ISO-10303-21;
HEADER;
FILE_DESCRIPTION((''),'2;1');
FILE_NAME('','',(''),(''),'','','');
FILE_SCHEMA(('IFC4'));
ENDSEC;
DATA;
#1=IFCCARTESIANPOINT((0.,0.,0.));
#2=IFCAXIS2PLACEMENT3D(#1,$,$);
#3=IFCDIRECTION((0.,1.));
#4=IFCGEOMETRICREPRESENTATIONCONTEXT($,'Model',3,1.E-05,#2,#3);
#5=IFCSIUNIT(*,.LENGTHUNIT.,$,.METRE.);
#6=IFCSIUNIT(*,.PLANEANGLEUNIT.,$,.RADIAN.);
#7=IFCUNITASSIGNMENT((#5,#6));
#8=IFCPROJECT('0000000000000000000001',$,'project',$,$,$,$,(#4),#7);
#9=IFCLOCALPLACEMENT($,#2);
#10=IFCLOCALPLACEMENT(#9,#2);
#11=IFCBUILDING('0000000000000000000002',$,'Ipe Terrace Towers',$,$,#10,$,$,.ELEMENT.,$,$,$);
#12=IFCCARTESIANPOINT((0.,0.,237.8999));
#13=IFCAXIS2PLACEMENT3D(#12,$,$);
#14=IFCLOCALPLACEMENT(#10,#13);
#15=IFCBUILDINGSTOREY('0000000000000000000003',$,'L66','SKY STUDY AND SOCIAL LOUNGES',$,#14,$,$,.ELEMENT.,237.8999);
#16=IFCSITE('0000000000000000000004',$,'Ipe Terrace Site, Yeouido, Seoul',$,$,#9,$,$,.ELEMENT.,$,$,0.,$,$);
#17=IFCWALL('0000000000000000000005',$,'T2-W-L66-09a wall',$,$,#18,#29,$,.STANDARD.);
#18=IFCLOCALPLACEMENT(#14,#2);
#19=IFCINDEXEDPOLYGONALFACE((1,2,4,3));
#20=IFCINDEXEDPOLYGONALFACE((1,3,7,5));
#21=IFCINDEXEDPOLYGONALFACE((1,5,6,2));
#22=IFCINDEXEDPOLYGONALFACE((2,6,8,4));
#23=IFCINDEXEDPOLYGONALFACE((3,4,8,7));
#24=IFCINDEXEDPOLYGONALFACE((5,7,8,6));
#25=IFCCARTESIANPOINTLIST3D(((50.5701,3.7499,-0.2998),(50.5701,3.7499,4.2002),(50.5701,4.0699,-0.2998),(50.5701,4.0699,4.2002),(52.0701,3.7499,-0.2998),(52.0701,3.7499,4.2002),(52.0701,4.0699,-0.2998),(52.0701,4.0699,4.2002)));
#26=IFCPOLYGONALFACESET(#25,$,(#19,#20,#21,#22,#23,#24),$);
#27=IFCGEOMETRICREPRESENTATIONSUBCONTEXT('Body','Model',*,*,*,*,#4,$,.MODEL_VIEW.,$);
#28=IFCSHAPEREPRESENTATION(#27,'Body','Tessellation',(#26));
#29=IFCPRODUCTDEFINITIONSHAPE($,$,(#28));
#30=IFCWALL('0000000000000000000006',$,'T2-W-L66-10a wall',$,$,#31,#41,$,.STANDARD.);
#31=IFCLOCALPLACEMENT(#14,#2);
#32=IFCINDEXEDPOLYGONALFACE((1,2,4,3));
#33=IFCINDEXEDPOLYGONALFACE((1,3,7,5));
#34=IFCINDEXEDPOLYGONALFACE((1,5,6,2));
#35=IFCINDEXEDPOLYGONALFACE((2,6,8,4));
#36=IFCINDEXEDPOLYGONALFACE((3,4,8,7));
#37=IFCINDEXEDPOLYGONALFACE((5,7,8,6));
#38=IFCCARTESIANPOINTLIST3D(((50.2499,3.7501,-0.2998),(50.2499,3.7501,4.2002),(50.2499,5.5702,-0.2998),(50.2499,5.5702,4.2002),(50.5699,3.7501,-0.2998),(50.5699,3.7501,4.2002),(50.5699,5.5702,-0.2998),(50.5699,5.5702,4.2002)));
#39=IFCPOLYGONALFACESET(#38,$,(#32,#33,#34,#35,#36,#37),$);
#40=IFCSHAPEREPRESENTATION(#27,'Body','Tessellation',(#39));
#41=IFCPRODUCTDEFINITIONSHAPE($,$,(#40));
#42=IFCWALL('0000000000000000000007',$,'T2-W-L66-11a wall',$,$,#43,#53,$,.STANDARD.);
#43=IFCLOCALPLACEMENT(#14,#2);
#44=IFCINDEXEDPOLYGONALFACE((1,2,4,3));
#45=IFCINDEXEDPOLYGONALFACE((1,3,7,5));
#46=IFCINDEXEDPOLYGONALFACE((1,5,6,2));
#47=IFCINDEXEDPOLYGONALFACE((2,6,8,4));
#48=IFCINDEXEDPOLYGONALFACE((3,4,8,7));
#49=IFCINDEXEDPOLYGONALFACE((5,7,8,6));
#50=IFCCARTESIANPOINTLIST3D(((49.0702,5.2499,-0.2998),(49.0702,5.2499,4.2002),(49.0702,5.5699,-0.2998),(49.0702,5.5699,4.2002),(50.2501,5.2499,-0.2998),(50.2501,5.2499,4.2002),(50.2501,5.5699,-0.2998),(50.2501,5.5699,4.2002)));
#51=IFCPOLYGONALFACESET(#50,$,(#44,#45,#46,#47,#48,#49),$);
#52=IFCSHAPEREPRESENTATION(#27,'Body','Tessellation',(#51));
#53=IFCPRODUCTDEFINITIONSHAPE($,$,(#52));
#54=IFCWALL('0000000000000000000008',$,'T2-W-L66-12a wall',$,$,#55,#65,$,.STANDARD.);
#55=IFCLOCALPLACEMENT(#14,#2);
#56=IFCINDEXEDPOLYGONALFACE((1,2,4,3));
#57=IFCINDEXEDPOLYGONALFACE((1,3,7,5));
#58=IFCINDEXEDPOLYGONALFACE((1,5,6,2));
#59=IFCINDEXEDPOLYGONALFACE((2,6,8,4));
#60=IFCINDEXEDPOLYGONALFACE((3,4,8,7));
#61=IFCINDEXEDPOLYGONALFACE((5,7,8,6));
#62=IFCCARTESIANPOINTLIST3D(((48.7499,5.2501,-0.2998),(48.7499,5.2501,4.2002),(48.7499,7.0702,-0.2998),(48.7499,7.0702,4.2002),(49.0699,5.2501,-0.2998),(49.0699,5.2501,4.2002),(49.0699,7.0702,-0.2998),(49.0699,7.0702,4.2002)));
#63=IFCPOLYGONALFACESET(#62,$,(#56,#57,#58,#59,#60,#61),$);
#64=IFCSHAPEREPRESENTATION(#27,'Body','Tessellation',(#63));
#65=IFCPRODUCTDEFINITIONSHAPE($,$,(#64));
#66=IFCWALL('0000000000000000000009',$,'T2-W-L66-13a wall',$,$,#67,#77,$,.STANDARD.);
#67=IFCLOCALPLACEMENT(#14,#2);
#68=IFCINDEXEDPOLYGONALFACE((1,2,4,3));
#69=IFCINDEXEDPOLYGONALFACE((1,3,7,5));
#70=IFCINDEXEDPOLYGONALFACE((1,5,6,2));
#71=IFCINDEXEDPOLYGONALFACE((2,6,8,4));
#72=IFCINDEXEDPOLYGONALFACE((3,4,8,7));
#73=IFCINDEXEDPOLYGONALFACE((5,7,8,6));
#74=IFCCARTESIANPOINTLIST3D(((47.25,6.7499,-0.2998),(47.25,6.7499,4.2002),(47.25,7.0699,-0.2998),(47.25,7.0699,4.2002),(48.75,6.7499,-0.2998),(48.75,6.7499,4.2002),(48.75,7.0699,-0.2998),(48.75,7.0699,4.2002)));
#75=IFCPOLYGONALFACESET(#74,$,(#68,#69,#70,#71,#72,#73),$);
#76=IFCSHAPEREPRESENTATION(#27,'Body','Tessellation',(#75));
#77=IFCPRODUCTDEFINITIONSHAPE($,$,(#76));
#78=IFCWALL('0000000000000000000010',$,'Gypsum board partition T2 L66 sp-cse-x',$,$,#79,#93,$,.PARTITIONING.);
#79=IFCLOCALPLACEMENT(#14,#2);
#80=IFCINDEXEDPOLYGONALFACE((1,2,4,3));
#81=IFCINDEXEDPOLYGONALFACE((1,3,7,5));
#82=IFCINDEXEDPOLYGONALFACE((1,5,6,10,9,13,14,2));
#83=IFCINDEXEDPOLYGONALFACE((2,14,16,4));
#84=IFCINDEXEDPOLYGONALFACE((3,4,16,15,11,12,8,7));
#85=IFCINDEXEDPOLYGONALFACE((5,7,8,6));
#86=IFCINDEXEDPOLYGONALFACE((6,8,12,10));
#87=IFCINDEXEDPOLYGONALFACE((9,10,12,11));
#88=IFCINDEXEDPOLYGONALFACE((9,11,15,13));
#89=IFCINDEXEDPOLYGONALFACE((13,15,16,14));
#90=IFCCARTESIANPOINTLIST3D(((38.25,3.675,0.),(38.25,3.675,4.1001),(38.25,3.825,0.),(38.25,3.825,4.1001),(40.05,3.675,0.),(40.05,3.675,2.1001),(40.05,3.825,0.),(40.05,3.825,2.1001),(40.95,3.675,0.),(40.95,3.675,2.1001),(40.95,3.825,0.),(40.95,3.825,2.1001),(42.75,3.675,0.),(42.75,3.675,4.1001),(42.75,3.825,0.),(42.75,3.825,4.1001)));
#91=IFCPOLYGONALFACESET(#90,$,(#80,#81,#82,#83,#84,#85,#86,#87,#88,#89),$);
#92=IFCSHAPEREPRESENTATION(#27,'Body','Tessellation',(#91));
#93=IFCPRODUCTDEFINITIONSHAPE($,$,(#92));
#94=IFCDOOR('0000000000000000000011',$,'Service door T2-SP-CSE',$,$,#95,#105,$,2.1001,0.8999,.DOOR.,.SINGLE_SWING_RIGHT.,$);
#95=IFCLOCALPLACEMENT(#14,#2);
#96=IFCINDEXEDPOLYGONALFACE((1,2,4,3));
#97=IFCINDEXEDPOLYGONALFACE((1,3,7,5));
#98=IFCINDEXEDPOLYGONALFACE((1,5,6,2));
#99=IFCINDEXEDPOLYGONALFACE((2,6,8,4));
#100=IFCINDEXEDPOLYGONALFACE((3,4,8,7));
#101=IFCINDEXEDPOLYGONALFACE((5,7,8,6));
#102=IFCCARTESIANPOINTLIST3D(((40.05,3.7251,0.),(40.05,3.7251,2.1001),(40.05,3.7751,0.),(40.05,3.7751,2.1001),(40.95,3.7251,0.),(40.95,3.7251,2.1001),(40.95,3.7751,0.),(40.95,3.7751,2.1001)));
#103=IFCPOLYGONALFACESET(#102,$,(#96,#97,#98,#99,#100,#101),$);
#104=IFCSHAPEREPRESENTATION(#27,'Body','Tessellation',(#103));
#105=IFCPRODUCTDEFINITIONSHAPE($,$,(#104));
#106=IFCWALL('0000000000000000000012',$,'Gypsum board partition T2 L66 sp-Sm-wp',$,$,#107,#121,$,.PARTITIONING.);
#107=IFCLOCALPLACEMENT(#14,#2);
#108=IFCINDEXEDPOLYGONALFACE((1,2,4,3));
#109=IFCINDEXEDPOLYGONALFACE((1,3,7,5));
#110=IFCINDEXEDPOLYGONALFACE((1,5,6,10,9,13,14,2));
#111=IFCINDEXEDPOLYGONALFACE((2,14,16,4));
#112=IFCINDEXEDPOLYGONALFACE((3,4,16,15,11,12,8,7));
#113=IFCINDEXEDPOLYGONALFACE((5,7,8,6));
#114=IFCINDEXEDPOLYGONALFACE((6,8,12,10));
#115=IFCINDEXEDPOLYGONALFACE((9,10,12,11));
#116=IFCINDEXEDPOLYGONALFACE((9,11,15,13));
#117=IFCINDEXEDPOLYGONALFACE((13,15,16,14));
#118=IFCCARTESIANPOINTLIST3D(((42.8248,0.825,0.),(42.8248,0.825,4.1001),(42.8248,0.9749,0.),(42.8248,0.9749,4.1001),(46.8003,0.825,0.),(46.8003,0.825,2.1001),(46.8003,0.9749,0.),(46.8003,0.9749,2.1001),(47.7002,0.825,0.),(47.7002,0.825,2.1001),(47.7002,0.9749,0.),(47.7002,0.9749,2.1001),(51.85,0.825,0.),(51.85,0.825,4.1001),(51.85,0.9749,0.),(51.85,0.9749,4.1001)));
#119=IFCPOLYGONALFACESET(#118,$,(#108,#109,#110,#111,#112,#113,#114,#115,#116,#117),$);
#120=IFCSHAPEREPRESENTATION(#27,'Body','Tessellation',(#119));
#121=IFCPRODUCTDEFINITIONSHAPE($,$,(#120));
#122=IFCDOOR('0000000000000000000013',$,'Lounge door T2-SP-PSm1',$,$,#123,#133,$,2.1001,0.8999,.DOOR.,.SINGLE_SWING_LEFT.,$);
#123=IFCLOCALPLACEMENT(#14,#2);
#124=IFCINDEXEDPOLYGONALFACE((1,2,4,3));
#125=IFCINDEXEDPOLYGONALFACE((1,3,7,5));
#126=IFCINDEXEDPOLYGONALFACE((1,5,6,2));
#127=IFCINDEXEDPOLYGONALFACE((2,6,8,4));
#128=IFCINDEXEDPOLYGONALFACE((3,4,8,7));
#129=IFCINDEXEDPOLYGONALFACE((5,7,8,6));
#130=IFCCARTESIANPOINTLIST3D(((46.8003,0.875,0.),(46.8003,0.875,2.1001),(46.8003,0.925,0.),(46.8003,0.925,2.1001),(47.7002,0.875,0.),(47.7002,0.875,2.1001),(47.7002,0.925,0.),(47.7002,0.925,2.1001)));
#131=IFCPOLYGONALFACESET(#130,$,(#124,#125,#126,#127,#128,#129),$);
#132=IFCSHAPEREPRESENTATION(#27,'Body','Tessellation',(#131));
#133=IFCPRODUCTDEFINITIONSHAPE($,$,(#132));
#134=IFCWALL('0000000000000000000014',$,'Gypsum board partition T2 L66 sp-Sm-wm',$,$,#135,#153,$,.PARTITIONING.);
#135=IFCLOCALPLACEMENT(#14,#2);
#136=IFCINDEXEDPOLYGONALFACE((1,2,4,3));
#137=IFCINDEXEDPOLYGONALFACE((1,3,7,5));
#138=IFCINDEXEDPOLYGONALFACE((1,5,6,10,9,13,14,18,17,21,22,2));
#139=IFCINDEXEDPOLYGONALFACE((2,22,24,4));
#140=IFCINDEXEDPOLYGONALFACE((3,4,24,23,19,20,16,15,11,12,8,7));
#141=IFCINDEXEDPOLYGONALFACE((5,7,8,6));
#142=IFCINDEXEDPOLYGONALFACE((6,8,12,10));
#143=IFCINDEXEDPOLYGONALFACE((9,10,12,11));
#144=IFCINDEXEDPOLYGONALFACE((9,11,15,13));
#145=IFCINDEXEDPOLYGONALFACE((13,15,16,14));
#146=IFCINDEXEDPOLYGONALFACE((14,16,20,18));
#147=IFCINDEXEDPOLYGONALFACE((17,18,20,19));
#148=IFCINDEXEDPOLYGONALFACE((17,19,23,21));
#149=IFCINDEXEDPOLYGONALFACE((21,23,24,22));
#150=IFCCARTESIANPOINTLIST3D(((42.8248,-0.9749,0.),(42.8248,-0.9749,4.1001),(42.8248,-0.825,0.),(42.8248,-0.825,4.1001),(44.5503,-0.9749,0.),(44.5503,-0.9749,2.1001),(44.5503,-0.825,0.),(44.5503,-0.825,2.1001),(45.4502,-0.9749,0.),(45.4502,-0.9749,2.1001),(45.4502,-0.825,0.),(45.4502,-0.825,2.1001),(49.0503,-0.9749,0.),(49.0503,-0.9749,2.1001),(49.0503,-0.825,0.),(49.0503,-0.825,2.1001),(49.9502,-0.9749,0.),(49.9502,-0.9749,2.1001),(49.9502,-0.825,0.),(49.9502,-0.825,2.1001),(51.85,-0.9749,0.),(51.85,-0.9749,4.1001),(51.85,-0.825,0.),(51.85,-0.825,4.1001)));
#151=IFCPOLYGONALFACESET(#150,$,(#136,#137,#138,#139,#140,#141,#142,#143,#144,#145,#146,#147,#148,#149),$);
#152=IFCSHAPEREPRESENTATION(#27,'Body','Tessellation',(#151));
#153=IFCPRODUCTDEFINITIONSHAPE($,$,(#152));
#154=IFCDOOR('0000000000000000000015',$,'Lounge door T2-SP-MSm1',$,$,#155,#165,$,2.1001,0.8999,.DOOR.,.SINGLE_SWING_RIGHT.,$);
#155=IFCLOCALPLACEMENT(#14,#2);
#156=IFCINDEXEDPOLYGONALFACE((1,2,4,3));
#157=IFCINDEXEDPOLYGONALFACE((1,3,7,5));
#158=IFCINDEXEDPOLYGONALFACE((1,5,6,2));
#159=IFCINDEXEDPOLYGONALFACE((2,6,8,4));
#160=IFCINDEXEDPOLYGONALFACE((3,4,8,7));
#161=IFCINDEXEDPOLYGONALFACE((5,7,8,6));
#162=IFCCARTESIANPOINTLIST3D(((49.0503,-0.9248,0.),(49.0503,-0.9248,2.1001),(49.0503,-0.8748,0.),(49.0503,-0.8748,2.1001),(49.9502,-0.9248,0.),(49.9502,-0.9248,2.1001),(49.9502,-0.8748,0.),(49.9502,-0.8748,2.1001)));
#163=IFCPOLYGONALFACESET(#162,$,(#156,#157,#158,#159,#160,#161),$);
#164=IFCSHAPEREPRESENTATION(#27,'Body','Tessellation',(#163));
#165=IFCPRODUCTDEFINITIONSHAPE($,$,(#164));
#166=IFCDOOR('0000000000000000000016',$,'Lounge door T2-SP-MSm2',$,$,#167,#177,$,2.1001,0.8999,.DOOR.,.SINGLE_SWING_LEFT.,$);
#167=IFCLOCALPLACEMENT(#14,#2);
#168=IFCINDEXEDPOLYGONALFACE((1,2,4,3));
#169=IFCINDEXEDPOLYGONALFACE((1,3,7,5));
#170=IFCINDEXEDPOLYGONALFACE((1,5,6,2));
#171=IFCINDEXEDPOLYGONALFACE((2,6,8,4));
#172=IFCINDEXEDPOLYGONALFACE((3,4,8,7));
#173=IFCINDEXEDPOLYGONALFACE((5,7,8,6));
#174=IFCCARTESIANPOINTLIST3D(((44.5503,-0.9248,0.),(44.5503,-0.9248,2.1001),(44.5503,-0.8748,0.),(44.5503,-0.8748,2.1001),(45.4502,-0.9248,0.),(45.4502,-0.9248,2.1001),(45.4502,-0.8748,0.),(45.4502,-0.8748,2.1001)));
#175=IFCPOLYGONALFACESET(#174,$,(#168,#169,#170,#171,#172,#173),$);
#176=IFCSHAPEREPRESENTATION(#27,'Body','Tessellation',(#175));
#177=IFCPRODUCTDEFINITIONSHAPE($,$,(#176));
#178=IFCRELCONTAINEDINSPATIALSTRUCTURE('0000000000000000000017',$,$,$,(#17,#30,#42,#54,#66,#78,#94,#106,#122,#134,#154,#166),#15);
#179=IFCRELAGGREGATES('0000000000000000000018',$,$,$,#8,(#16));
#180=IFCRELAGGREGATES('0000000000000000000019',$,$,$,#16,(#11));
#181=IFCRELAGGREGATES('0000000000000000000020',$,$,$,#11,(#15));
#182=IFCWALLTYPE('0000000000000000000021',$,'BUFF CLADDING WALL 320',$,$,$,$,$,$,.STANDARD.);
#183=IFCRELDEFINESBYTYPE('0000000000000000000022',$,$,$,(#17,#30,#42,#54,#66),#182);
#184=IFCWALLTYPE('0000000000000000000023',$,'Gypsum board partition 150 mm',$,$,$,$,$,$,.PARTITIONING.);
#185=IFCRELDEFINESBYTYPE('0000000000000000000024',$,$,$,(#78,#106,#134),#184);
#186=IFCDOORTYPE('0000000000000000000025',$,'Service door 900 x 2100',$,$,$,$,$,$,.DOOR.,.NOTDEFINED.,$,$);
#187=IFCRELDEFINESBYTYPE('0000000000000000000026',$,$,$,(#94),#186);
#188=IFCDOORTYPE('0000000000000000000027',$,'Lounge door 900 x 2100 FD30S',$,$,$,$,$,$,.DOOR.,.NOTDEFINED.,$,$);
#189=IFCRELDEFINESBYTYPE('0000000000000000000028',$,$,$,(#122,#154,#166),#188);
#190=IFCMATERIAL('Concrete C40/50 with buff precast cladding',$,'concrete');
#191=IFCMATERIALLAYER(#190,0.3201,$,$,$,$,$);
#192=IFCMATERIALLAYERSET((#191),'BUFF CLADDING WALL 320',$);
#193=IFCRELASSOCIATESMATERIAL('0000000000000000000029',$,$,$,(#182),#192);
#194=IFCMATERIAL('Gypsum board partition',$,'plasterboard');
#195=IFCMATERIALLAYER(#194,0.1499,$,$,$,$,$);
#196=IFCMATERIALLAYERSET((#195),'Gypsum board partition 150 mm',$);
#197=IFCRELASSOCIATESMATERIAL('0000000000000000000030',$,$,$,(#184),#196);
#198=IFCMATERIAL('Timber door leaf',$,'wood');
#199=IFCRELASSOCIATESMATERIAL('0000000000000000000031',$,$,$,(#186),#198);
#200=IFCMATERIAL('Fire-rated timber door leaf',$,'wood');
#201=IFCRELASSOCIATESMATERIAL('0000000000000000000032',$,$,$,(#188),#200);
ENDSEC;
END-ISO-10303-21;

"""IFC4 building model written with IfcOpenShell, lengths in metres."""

from ifc_helpers import new_model, si_unit, direction, frame, frame_2d, origin, place, context, subcontext, project, spatial, rectangle, extrude, material, layer, layer_set, type_object, element, fill, save


model = new_model("IFC4")

# Units and contexts
model_context = context("Model", 3, precision=1e-05, world=origin(), true_north=direction((0.0, 1.0)))
body_context = subcontext(model_context, "Body", "Model", "MODEL_VIEW")
ifc_project = project(units=[si_unit("LENGTHUNIT", "METRE"), si_unit("PLANEANGLEUNIT", "RADIAN")], contexts=[model_context])

# Site, building, storey
site_placement = place(None, origin())
site = spatial("IfcSite", under=ifc_project, at=site_placement, Name="Ipe Terrace Site, Yeouido, Seoul", CompositionType="ELEMENT", RefElevation=0.0)
building_placement = place(site_placement, origin())
building = spatial("IfcBuilding", under=site, at=building_placement, Name="Ipe Terrace Towers", CompositionType="ELEMENT")
storey_placement = place(building_placement, frame((0.0, 0.0, 237.8999)))
storey = spatial("IfcBuildingStorey", under=building, at=storey_placement, Name="L66", Description="SKY STUDY AND SOCIAL LOUNGES", CompositionType="ELEMENT", Elevation=237.8999)

# Walls
ifc_material_1 = material(Name="Concrete C40/50 with buff precast cladding", Category="concrete")
ifc_layer_1 = layer(ifc_material_1, 0.3201)
ifc_layer_set_1 = layer_set([ifc_layer_1], Name="BUFF CLADDING WALL 320")
wall_type_1 = type_object("IfcWallType", Name="BUFF CLADDING WALL 320", PredefinedType="STANDARD", material=ifc_layer_set_1)
wall_1_placement = place(storey_placement, frame((52.0701, 3.9099, -0.2998), z_axis=(0.0, 0.0, 1.0), x_axis=(-1.0, 0.0, 0.0)))
element("IfcWall", 1, at=wall_1_placement, inside=storey, type_object=wall_type_1, Name="T2-W-L66-09a wall", PredefinedType="STANDARD", context=body_context, shape_type="SweptSolid", body=[
    extrude(rectangle(XDim=1.5, YDim=0.3201, at=frame_2d((0.75, 0.0))), origin(), (0.0, 0.0, 1.0), 4.5),
])
wall_2_placement = place(storey_placement, frame((50.4099, 3.75, -0.2998), z_axis=(0.0, 0.0, 1.0), x_axis=(0.0, 1.0, 0.0)))
element("IfcWall", 2, at=wall_2_placement, inside=storey, type_object=wall_type_1, Name="T2-W-L66-10a wall", PredefinedType="STANDARD", context=body_context, shape_type="SweptSolid", body=[
    extrude(rectangle(XDim=1.8201, YDim=0.3201, at=frame_2d((0.9102, 0.0))), origin(), (0.0, 0.0, 1.0), 4.5),
])
wall_3_placement = place(storey_placement, frame((50.25, 5.4099, -0.2998), z_axis=(0.0, 0.0, 1.0), x_axis=(-1.0, 0.0, 0.0)))
element("IfcWall", 3, at=wall_3_placement, inside=storey, type_object=wall_type_1, Name="T2-W-L66-11a wall", PredefinedType="STANDARD", context=body_context, shape_type="SweptSolid", body=[
    extrude(rectangle(XDim=1.1799, YDim=0.3201, at=frame_2d((0.5898, 0.0))), origin(), (0.0, 0.0, 1.0), 4.5),
])
wall_4_placement = place(storey_placement, frame((48.9099, 5.25, -0.2998), z_axis=(0.0, 0.0, 1.0), x_axis=(0.0, 1.0, 0.0)))
element("IfcWall", 4, at=wall_4_placement, inside=storey, type_object=wall_type_1, Name="T2-W-L66-12a wall", PredefinedType="STANDARD", context=body_context, shape_type="SweptSolid", body=[
    extrude(rectangle(XDim=1.8201, YDim=0.3201, at=frame_2d((0.9102, 0.0))), origin(), (0.0, 0.0, 1.0), 4.5),
])
wall_5_placement = place(storey_placement, frame((48.75, 6.9099, -0.2998), z_axis=(0.0, 0.0, 1.0), x_axis=(-1.0, 0.0, 0.0)))
element("IfcWall", 5, at=wall_5_placement, inside=storey, type_object=wall_type_1, Name="T2-W-L66-13a wall", PredefinedType="STANDARD", context=body_context, shape_type="SweptSolid", body=[
    extrude(rectangle(XDim=1.5, YDim=0.3201, at=frame_2d((0.75, 0.0))), origin(), (0.0, 0.0, 1.0), 4.5),
])

# Walls, openings, doors
ifc_material_2 = material(Name="Gypsum board partition", Category="plasterboard")
ifc_layer_2 = layer(ifc_material_2, 0.1499)
ifc_layer_set_2 = layer_set([ifc_layer_2], Name="Gypsum board partition 150 mm")
wall_type_2 = type_object("IfcWallType", Name="Gypsum board partition 150 mm", PredefinedType="PARTITIONING", material=ifc_layer_set_2)
wall_6_placement = place(storey_placement, frame((42.75, 3.75, 0.0), z_axis=(0.0, 0.0, 1.0), x_axis=(-1.0, 0.0, 0.0)))
wall_6 = element("IfcWall", 6, at=wall_6_placement, inside=storey, type_object=wall_type_2, Name="Gypsum board partition T2 L66 sp-cse-x", PredefinedType="PARTITIONING", context=body_context, shape_type="SweptSolid", body=[
    extrude(rectangle(XDim=4.5, YDim=0.1499, at=frame_2d((2.25, 0.0))), origin(), (0.0, 0.0, 1.0), 4.1001),
])
opening_1_placement = place(wall_6_placement, frame((1.8, 0.0, 0.0)))
opening_1 = element("IfcOpeningElement", 7, at=opening_1_placement, cuts=wall_6, PredefinedType="OPENING", context=body_context, shape_type="SweptSolid", body=[
    extrude(rectangle(XDim=0.8999, YDim=2.1001, at=frame_2d((0.45, 1.05))), frame((0.0, 0.085, 0.0), z_axis=(0.0, -1.0, 0.0), x_axis=(1.0, 0.0, 0.0)), (0.0, 0.0, 1.0), 0.1699),
])
ifc_material_3 = material(Name="Timber door leaf", Category="wood")
door_type_1 = type_object("IfcDoorType", Name="Service door 900 x 2100", OperationType="NOTDEFINED", PredefinedType="DOOR", material=ifc_material_3)
door_1_placement = place(opening_1_placement, origin())
door_1 = element("IfcDoor", 8, at=door_1_placement, inside=storey, type_object=door_type_1, Name="Service door T2-SP-CSE", OperationType="SINGLE_SWING_RIGHT", OverallHeight=2.1001, OverallWidth=0.8999, PredefinedType="DOOR", context=body_context, shape_type="SweptSolid", body=[
    extrude(rectangle(XDim=0.8999, YDim=2.1001, at=frame_2d((0.45, 1.05))), frame((0.0, 0.0249, 0.0), z_axis=(0.0, -1.0, 0.0), x_axis=(1.0, 0.0, 0.0)), (0.0, 0.0, 1.0), 0.05),
])
fill(opening_1, door_1)
wall_7_placement = place(storey_placement, frame((51.8501, 0.8999, 0.0), z_axis=(0.0, 0.0, 1.0), x_axis=(-1.0, 0.0, 0.0)))
wall_7 = element("IfcWall", 9, at=wall_7_placement, inside=storey, type_object=wall_type_2, Name="Gypsum board partition T2 L66 sp-Sm-wp", PredefinedType="PARTITIONING", context=body_context, shape_type="SweptSolid", body=[
    extrude(rectangle(XDim=9.0251, YDim=0.1499, at=frame_2d((4.5127, 0.0))), origin(), (0.0, 0.0, 1.0), 4.1001),
])
opening_2_placement = place(wall_7_placement, frame((4.1499, 0.0, 0.0)))
opening_2 = element("IfcOpeningElement", 10, at=opening_2_placement, cuts=wall_7, PredefinedType="OPENING", context=body_context, shape_type="SweptSolid", body=[
    extrude(rectangle(XDim=0.8999, YDim=2.1001, at=frame_2d((0.45, 1.05))), frame((0.0, 0.085, 0.0), z_axis=(0.0, -1.0, 0.0), x_axis=(1.0, 0.0, 0.0)), (0.0, 0.0, 1.0), 0.1699),
])
ifc_material_4 = material(Name="Fire-rated timber door leaf", Category="wood")
door_type_2 = type_object("IfcDoorType", Name="Lounge door 900 x 2100 FD30S", OperationType="NOTDEFINED", PredefinedType="DOOR", material=ifc_material_4)
door_2_placement = place(opening_2_placement, origin())
door_2 = element("IfcDoor", 11, at=door_2_placement, inside=storey, type_object=door_type_2, Name="Lounge door T2-SP-PSm1", OperationType="SINGLE_SWING_LEFT", OverallHeight=2.1001, OverallWidth=0.8999, PredefinedType="DOOR", context=body_context, shape_type="SweptSolid", body=[
    extrude(rectangle(XDim=0.8999, YDim=2.1001, at=frame_2d((0.45, 1.05))), frame((0.0, 0.0249, 0.0), z_axis=(0.0, -1.0, 0.0), x_axis=(1.0, 0.0, 0.0)), (0.0, 0.0, 1.0), 0.05),
])
fill(opening_2, door_2)

# Wall, openings, doors
wall_8_placement = place(storey_placement, frame((51.8501, -0.8999, 0.0), z_axis=(0.0, 0.0, 1.0), x_axis=(-1.0, 0.0, 0.0)))
wall_8 = element("IfcWall", 12, at=wall_8_placement, inside=storey, type_object=wall_type_2, Name="Gypsum board partition T2 L66 sp-Sm-wm", PredefinedType="PARTITIONING", context=body_context, shape_type="SweptSolid", body=[
    extrude(rectangle(XDim=9.0251, YDim=0.1499, at=frame_2d((4.5127, 0.0))), origin(), (0.0, 0.0, 1.0), 4.1001),
])
opening_3_placement = place(wall_8_placement, frame((1.8999, 0.0, 0.0)))
opening_3 = element("IfcOpeningElement", 13, at=opening_3_placement, cuts=wall_8, PredefinedType="OPENING", context=body_context, shape_type="SweptSolid", body=[
    extrude(rectangle(XDim=0.8999, YDim=2.1001, at=frame_2d((0.45, 1.05))), frame((0.0, 0.085, 0.0), z_axis=(0.0, -1.0, 0.0), x_axis=(1.0, 0.0, 0.0)), (0.0, 0.0, 1.0), 0.1699),
])
opening_4_placement = place(wall_8_placement, frame((6.3999, 0.0, 0.0)))
opening_4 = element("IfcOpeningElement", 14, at=opening_4_placement, cuts=wall_8, PredefinedType="OPENING", context=body_context, shape_type="SweptSolid", body=[
    extrude(rectangle(XDim=0.8999, YDim=2.1001, at=frame_2d((0.45, 1.05))), frame((0.0, 0.085, 0.0), z_axis=(0.0, -1.0, 0.0), x_axis=(1.0, 0.0, 0.0)), (0.0, 0.0, 1.0), 0.1699),
])
door_3_placement = place(opening_3_placement, origin())
door_3 = element("IfcDoor", 15, at=door_3_placement, inside=storey, type_object=door_type_2, Name="Lounge door T2-SP-MSm1", OperationType="SINGLE_SWING_RIGHT", OverallHeight=2.1001, OverallWidth=0.8999, PredefinedType="DOOR", context=body_context, shape_type="SweptSolid", body=[
    extrude(rectangle(XDim=0.8999, YDim=2.1001, at=frame_2d((0.45, 1.05))), frame((0.0, 0.0249, 0.0), z_axis=(0.0, -1.0, 0.0), x_axis=(1.0, 0.0, 0.0)), (0.0, 0.0, 1.0), 0.05),
])
fill(opening_3, door_3)
door_4_placement = place(opening_4_placement, origin())
door_4 = element("IfcDoor", 16, at=door_4_placement, inside=storey, type_object=door_type_2, Name="Lounge door T2-SP-MSm2", OperationType="SINGLE_SWING_LEFT", OverallHeight=2.1001, OverallWidth=0.8999, PredefinedType="DOOR", context=body_context, shape_type="SweptSolid", body=[
    extrude(rectangle(XDim=0.8999, YDim=2.1001, at=frame_2d((0.45, 1.05))), frame((0.0, 0.0249, 0.0), z_axis=(0.0, -1.0, 0.0), x_axis=(1.0, 0.0, 0.0)), (0.0, 0.0, 1.0), 0.05),
])
fill(opening_4, door_4)

save(model, "model.ifc")
